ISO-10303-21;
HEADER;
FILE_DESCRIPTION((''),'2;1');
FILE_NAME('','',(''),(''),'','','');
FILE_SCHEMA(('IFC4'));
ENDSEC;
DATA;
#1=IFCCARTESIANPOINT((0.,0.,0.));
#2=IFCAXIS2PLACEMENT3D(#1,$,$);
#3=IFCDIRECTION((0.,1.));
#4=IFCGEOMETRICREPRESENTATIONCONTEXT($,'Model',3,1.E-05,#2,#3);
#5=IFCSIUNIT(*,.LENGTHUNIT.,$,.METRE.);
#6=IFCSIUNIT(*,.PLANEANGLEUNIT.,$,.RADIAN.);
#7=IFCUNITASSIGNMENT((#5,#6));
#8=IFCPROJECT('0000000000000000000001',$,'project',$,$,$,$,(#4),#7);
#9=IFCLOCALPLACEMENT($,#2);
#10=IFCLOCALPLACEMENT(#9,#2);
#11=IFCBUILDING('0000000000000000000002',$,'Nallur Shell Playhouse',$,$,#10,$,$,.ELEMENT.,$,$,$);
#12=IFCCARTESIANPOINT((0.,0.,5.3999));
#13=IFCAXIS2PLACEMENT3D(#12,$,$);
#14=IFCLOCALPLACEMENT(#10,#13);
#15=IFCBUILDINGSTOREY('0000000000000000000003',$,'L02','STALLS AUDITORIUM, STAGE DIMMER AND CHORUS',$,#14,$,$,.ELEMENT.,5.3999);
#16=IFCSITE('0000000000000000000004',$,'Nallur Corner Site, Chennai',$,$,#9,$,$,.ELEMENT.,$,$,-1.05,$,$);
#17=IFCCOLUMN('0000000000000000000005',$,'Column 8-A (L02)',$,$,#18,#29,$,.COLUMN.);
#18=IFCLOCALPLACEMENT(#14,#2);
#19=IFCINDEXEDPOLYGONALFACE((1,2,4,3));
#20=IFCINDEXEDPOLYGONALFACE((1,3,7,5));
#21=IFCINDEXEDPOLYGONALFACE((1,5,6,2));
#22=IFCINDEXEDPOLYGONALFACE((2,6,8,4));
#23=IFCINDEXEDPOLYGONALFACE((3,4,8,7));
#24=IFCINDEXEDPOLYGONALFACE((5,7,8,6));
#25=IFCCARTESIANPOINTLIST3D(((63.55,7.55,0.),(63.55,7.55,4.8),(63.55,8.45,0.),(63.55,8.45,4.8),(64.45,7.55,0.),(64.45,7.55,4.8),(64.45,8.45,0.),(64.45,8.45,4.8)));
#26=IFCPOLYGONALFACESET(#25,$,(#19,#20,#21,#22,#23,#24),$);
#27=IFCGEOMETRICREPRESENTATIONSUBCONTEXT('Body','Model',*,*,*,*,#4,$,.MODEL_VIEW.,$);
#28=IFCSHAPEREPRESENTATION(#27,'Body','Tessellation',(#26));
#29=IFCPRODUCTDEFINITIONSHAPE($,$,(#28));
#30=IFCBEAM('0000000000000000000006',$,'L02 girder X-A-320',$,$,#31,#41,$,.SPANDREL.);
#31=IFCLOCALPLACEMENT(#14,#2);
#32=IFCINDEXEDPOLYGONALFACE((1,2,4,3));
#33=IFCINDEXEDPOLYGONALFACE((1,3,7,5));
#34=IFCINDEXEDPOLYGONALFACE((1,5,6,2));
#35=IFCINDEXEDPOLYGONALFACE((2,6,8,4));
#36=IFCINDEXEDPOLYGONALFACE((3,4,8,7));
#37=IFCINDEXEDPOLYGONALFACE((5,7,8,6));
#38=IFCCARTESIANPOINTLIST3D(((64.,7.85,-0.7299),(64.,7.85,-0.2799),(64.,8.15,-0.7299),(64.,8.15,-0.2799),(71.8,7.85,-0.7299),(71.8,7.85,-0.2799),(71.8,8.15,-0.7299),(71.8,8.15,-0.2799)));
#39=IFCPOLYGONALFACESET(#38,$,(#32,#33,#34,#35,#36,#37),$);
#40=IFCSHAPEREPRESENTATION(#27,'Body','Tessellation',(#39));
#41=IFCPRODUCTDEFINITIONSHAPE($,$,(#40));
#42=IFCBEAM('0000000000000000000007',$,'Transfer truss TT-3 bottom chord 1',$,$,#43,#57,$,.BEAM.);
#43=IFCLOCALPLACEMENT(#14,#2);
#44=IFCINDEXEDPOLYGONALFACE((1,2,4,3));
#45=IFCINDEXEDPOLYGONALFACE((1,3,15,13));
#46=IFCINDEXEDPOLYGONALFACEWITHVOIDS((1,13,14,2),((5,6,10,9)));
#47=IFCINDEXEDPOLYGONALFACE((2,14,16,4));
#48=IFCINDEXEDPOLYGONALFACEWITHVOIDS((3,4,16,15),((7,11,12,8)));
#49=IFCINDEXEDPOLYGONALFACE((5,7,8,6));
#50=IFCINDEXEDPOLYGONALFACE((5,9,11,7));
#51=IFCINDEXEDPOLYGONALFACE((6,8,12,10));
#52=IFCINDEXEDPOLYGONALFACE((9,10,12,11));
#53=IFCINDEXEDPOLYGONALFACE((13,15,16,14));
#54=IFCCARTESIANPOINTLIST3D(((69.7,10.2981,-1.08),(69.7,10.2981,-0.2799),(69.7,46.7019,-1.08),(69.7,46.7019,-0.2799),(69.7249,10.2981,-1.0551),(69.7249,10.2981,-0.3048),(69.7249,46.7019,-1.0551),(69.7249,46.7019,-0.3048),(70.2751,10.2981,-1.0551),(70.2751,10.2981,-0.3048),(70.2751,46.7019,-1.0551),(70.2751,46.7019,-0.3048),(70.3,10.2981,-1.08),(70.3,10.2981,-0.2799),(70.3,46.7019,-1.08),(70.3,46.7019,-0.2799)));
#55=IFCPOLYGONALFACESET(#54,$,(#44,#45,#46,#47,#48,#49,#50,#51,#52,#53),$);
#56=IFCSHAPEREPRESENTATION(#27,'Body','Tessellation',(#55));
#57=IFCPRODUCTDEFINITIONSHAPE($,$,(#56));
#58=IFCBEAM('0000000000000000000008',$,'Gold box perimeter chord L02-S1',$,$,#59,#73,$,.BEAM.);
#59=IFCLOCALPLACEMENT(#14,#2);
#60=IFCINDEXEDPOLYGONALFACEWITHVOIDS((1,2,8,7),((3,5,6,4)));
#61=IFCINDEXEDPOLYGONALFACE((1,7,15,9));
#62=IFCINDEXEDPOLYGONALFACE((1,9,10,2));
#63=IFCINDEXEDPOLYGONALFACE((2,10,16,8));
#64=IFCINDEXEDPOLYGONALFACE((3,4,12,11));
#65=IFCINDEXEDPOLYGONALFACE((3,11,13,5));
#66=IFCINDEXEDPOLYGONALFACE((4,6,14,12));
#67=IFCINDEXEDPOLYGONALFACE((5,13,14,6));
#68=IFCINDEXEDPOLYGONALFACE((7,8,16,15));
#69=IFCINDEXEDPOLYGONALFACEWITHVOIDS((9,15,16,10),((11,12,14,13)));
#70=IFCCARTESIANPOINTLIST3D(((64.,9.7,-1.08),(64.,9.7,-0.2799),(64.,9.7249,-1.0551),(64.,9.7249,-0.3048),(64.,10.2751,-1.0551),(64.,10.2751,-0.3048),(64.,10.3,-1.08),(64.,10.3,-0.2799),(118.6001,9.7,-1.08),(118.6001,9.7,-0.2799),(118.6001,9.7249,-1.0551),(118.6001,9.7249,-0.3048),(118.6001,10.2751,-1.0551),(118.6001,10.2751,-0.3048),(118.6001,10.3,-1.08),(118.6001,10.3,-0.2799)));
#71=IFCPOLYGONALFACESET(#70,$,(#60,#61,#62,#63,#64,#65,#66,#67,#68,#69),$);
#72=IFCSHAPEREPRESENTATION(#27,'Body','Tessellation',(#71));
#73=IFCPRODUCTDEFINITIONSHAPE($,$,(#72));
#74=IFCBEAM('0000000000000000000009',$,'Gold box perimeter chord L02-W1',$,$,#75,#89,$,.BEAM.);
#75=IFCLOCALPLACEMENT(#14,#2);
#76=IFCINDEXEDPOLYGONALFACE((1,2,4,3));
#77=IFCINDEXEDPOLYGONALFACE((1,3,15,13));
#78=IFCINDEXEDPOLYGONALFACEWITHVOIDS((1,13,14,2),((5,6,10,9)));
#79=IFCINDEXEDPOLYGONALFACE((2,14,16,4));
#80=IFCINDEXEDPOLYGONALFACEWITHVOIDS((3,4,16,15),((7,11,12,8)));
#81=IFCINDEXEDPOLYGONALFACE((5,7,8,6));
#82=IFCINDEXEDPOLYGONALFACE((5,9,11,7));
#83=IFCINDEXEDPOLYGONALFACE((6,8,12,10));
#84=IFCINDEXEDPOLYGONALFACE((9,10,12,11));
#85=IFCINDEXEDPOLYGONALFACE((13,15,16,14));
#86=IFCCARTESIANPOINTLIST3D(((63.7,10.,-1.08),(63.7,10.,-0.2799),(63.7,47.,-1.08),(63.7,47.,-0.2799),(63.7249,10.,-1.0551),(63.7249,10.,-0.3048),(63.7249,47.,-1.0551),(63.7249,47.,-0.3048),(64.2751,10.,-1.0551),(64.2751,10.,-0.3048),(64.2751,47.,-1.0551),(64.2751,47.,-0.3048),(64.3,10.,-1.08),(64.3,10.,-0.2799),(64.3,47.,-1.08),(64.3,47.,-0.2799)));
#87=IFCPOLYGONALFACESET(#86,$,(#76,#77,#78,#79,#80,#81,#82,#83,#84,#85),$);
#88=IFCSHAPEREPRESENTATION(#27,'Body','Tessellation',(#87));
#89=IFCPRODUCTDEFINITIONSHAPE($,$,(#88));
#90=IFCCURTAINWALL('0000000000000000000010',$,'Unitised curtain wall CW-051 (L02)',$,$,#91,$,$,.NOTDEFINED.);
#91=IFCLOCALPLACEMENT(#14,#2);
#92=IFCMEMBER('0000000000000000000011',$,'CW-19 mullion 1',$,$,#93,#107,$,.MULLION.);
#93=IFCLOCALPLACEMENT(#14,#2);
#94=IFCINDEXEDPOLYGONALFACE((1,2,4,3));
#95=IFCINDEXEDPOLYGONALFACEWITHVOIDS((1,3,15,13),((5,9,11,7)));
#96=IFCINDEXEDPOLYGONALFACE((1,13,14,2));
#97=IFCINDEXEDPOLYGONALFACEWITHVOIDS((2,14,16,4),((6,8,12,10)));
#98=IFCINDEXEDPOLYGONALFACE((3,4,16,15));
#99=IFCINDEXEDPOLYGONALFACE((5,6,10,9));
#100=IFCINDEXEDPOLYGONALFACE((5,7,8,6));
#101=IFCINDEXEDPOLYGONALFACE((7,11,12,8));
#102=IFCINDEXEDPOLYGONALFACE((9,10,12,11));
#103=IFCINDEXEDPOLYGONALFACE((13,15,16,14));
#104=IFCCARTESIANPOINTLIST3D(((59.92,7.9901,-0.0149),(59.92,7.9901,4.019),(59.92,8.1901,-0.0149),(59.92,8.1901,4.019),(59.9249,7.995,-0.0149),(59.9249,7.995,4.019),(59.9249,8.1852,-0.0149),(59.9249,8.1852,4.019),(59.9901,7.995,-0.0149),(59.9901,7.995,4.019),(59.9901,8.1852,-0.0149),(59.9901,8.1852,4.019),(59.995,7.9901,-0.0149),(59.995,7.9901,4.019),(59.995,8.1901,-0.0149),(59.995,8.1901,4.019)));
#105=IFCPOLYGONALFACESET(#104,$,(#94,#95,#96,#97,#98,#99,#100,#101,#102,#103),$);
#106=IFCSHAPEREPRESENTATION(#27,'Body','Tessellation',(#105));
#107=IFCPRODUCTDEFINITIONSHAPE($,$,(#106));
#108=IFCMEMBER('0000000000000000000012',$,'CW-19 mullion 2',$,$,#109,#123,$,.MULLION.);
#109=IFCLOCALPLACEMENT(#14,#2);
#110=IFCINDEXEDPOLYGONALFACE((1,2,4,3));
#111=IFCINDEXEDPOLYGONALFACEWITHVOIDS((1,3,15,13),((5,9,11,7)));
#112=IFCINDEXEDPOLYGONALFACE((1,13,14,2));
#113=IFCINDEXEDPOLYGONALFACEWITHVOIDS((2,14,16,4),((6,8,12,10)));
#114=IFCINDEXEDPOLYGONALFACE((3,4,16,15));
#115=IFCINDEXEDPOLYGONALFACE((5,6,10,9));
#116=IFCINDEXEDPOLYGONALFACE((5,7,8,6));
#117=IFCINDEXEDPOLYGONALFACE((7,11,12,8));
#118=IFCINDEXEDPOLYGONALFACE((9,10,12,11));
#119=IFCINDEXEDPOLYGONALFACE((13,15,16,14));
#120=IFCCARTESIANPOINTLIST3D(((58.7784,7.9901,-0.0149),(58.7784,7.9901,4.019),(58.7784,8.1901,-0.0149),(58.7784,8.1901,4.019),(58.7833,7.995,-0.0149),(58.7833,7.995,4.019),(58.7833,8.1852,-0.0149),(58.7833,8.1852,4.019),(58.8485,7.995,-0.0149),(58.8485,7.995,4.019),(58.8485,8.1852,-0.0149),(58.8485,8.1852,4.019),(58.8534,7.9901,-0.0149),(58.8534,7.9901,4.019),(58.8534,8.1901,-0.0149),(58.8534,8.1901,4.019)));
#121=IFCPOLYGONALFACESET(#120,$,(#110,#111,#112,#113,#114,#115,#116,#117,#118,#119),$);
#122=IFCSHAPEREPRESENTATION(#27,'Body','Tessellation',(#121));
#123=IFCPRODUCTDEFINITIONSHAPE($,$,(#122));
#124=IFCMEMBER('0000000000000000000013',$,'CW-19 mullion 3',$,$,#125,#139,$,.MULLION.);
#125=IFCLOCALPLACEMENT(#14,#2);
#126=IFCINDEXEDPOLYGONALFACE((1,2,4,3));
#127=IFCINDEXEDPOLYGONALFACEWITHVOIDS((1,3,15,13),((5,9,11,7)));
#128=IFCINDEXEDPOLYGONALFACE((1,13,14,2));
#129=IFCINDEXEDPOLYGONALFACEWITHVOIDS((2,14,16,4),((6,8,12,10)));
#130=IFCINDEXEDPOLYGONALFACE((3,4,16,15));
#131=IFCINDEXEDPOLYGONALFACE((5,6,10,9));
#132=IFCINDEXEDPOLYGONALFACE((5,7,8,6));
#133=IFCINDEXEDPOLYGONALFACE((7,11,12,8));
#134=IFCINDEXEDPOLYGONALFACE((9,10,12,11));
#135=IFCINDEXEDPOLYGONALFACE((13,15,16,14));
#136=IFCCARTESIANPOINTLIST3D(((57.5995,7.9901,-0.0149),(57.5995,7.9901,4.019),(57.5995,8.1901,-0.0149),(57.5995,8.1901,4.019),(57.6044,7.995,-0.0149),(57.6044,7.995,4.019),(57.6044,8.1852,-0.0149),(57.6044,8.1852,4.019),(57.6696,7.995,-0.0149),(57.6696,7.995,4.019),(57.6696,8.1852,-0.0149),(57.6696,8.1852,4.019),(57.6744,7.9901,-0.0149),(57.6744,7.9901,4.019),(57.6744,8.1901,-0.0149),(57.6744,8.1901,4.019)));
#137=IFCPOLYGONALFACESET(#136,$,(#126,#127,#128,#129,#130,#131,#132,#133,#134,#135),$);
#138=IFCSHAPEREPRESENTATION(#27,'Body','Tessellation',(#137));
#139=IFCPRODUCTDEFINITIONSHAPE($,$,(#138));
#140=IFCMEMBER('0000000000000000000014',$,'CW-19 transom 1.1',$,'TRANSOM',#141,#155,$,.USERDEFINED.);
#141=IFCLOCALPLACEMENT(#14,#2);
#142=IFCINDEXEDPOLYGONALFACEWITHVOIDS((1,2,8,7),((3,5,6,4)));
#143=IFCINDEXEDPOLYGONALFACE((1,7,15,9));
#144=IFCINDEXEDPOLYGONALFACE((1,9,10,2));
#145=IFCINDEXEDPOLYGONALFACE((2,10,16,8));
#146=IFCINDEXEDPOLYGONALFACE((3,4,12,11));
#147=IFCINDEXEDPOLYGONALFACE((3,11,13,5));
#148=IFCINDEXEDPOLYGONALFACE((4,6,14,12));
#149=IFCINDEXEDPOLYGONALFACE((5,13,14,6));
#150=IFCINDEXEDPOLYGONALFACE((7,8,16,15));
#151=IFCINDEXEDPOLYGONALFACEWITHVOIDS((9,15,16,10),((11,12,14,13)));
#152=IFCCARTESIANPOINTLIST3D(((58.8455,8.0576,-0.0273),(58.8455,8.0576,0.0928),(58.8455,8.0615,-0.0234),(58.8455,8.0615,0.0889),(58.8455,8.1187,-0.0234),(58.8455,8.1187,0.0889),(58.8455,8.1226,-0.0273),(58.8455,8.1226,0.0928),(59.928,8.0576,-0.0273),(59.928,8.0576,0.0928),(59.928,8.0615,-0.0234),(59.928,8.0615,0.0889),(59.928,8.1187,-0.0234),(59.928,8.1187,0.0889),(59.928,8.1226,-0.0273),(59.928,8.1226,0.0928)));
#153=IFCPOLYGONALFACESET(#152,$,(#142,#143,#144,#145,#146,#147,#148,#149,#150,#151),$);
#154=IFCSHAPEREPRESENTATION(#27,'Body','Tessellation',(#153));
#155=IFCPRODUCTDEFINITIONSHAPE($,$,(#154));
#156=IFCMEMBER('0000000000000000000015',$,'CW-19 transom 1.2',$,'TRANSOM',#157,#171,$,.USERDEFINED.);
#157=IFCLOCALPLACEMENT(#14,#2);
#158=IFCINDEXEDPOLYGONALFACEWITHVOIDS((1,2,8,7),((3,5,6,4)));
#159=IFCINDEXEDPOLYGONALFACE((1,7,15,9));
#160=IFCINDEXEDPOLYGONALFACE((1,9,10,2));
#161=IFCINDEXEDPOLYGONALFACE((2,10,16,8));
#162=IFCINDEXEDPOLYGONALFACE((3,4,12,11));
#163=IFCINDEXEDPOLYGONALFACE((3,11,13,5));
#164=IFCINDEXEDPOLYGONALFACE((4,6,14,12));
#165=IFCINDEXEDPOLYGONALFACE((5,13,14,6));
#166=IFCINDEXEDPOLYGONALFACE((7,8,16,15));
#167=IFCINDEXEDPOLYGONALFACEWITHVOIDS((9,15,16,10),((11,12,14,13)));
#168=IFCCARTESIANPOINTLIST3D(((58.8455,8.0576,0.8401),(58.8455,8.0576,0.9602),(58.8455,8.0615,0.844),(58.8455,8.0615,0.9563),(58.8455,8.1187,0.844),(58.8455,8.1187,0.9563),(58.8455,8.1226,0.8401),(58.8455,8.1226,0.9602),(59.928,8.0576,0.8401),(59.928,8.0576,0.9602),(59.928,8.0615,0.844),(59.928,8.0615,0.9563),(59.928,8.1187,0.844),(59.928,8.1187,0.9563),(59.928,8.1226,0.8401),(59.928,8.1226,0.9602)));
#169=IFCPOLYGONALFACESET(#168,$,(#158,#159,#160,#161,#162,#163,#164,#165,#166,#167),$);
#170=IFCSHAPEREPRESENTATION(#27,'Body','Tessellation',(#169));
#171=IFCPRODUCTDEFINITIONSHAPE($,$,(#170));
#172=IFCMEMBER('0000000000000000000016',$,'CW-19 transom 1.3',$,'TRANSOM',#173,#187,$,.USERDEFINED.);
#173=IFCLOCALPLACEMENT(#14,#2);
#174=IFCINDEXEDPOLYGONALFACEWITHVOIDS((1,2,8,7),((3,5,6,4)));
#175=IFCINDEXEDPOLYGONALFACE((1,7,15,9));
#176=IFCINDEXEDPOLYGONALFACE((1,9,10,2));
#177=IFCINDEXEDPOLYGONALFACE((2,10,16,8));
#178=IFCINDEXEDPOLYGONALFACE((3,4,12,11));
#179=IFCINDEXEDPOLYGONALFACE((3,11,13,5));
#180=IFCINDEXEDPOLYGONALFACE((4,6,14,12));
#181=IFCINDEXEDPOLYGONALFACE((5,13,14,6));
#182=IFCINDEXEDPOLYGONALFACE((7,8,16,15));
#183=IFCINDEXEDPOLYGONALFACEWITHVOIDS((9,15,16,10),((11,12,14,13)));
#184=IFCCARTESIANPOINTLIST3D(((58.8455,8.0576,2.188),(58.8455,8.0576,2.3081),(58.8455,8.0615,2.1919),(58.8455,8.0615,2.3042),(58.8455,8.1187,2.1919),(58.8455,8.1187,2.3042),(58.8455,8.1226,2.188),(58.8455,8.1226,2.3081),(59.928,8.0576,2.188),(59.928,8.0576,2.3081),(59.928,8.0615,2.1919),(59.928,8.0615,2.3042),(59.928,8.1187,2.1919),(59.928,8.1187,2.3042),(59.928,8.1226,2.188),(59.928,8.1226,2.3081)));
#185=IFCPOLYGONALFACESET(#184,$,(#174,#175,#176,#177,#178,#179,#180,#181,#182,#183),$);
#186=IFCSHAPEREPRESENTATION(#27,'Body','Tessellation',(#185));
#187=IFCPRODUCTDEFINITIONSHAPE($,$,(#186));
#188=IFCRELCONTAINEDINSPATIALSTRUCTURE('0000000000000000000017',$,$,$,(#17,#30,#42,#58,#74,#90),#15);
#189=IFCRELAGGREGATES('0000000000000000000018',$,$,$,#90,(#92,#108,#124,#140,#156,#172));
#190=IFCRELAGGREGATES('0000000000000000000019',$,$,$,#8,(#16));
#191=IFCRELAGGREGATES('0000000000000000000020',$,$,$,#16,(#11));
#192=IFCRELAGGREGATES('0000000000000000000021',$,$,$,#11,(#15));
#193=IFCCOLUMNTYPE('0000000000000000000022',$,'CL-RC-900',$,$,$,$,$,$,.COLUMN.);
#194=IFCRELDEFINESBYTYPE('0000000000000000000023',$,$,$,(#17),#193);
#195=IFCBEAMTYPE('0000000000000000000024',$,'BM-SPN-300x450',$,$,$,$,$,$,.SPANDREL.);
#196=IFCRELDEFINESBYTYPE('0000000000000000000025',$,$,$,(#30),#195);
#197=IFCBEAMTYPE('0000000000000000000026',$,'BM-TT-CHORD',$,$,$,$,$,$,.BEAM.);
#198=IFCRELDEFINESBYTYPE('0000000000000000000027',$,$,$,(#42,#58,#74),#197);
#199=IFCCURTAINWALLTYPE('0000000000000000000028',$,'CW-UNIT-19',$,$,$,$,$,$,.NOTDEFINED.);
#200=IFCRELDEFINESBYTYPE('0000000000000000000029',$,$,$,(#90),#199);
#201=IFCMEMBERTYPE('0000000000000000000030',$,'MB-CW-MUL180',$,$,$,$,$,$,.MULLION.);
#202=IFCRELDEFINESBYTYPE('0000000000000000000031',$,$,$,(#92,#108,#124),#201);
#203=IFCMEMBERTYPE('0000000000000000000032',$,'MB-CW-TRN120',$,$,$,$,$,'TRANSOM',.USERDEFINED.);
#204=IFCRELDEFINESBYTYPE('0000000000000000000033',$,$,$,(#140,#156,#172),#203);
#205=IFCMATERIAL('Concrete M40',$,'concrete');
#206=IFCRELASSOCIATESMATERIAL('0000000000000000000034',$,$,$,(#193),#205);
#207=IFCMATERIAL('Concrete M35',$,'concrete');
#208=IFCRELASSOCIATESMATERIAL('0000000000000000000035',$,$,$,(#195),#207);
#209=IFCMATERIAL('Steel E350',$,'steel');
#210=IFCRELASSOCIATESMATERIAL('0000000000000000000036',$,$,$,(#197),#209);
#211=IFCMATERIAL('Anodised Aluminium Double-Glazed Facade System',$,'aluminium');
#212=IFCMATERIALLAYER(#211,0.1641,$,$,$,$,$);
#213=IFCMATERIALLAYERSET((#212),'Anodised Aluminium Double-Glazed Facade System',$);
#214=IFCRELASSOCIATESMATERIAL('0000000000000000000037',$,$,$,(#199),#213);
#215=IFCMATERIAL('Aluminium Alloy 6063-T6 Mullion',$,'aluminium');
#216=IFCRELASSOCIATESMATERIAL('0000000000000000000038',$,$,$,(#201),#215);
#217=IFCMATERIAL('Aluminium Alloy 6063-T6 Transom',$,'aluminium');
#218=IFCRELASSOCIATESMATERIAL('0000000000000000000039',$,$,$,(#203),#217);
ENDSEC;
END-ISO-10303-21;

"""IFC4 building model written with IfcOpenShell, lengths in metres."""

from ifc_helpers import new_model, si_unit, direction, frame, origin, origin_2d, place, context, subcontext, project, spatial, rectangle, hollow_rectangle, extrude, material, layer, layer_set, material_profile, profile_set, type_object, element, aggregate, save


model = new_model("IFC4")

# Units and contexts
model_context = context("Model", 3, precision=1e-05, world=origin(), true_north=direction((0.0, 1.0)))
body_context = subcontext(model_context, "Body", "Model", "MODEL_VIEW")
ifc_project = project(units=[si_unit("LENGTHUNIT", "METRE"), si_unit("PLANEANGLEUNIT", "RADIAN")], contexts=[model_context])

# Site, building, storey
site_placement = place(None, origin())
site = spatial("IfcSite", under=ifc_project, at=site_placement, Name="Nallur Corner Site, Chennai", CompositionType="ELEMENT", RefElevation=-1.05)
building_placement = place(site_placement, origin())
building = spatial("IfcBuilding", under=site, at=building_placement, Name="Nallur Shell Playhouse", CompositionType="ELEMENT")
storey_placement = place(building_placement, frame((0.0, 0.0, 5.3999)))
storey = spatial("IfcBuildingStorey", under=building, at=storey_placement, Name="L02", Description="STALLS AUDITORIUM, STAGE DIMMER AND CHORUS", CompositionType="ELEMENT", Elevation=5.3999)

# Column
ifc_material_1 = material(Name="Concrete M40", Category="concrete")
ifc_material_profile_1 = material_profile(ifc_material_1, rectangle(XDim=0.8999, YDim=0.8999, at=origin_2d()), Name="RC 900x900")
ifc_profile_set_1 = profile_set([ifc_material_profile_1], Name="Concrete M40")
column_type = type_object("IfcColumnType", Name="CL-RC-900", PredefinedType="COLUMN", material=ifc_profile_set_1)
column_placement = place(storey_placement, frame((64.0, 8.0, 0.0), z_axis=(0.0, 0.0, 1.0), x_axis=(1.0, 0.0, 0.0)))
element("IfcColumn", 1, at=column_placement, inside=storey, type_object=column_type, Name="Column 8-A (L02)", PredefinedType="COLUMN", context=body_context, shape_type="SweptSolid", body=[
    extrude(rectangle(XDim=0.8999, YDim=0.8999, at=origin_2d()), origin(), (0.0, 0.0, 1.0), 4.8),
])

# Beams
ifc_material_2 = material(Name="Concrete M35", Category="concrete")
ifc_material_profile_2 = material_profile(ifc_material_2, rectangle(XDim=0.3, YDim=0.45, at=origin_2d()), Name="RC 300x450")
ifc_profile_set_2 = profile_set([ifc_material_profile_2], Name="Concrete M35")
beam_type_1 = type_object("IfcBeamType", Name="BM-SPN-300x450", PredefinedType="SPANDREL", material=ifc_profile_set_2)
beam_1_placement = place(storey_placement, frame((64.0, 8.0, -0.5049), z_axis=(1.0, 0.0, 0.0), x_axis=(0.0, 1.0, 0.0)))
element("IfcBeam", 2, at=beam_1_placement, inside=storey, type_object=beam_type_1, Name="L02 girder X-A-320", PredefinedType="SPANDREL", context=body_context, shape_type="SweptSolid", body=[
    extrude(rectangle(XDim=0.3, YDim=0.45, at=origin_2d()), origin(), (0.0, 0.0, 1.0), 7.8),
])
ifc_material_3 = material(Name="Steel E350", Category="steel")
ifc_material_profile_3 = material_profile(ifc_material_3, hollow_rectangle(XDim=0.6001, YDim=0.8, WallThickness=0.0249, at=origin_2d()), Name="BOX 600x800x25")
ifc_profile_set_3 = profile_set([ifc_material_profile_3], Name="Steel E350")
beam_type_2 = type_object("IfcBeamType", Name="BM-TT-CHORD", PredefinedType="BEAM", material=ifc_profile_set_3)
beam_2_placement = place(storey_placement, frame((70.0, 10.2981, -0.6799), z_axis=(0.0, 1.0, 0.0), x_axis=(-1.0, 0.0, 0.0)))
element("IfcBeam", 3, at=beam_2_placement, inside=storey, type_object=beam_type_2, Name="Transfer truss TT-3 bottom chord 1", PredefinedType="BEAM", context=body_context, shape_type="SweptSolid", body=[
    extrude(hollow_rectangle(XDim=0.6001, YDim=0.8, WallThickness=0.0249, at=origin_2d()), origin(), (0.0, 0.0, 1.0), 36.4038),
])
beam_3_placement = place(storey_placement, frame((64.0, 10.0, -0.6799), z_axis=(1.0, 0.0, 0.0), x_axis=(0.0, 1.0, 0.0)))
element("IfcBeam", 4, at=beam_3_placement, inside=storey, type_object=beam_type_2, Name="Gold box perimeter chord L02-S1", PredefinedType="BEAM", context=body_context, shape_type="SweptSolid", body=[
    extrude(hollow_rectangle(XDim=0.6001, YDim=0.8, WallThickness=0.0249, at=origin_2d()), origin(), (0.0, 0.0, 1.0), 54.6001),
])
beam_4_placement = place(storey_placement, frame((64.0, 10.0, -0.6799), z_axis=(0.0, 1.0, 0.0), x_axis=(-1.0, 0.0, 0.0)))
element("IfcBeam", 5, at=beam_4_placement, inside=storey, type_object=beam_type_2, Name="Gold box perimeter chord L02-W1", PredefinedType="BEAM", context=body_context, shape_type="SweptSolid", body=[
    extrude(hollow_rectangle(XDim=0.6001, YDim=0.8, WallThickness=0.0249, at=origin_2d()), origin(), (0.0, 0.0, 1.0), 37.0),
])

# Curtain wall, members
ifc_material_4 = material(Name="Anodised Aluminium Double-Glazed Facade System", Category="aluminium")
ifc_layer_1 = layer(ifc_material_4, 0.1641)
ifc_layer_set_1 = layer_set([ifc_layer_1], Name="Anodised Aluminium Double-Glazed Facade System")
curtain_wall_type = type_object("IfcCurtainWallType", Name="CW-UNIT-19", PredefinedType="NOTDEFINED", material=ifc_layer_set_1)
curtain_wall_placement = place(storey_placement, origin())
curtain_wall = element("IfcCurtainWall", 6, at=curtain_wall_placement, inside=storey, type_object=curtain_wall_type, Name="Unitised curtain wall CW-051 (L02)", PredefinedType="NOTDEFINED")
ifc_material_5 = material(Name="Aluminium Alloy 6063-T6 Mullion", Category="aluminium")
ifc_material_profile_4 = material_profile(ifc_material_5, hollow_rectangle(XDim=0.075, YDim=0.2, WallThickness=0.0049, at=origin_2d()), Name="ALU 75x200x5")
ifc_profile_set_4 = profile_set([ifc_material_profile_4], Name="Aluminium Alloy 6063-T6 Mullion")
member_type_1 = type_object("IfcMemberType", Name="MB-CW-MUL180", PredefinedType="MULLION", material=ifc_profile_set_4)
member_1_placement = place(storey_placement, frame((59.9575, 8.0901, -0.0149), z_axis=(0.0, 0.0, 1.0), x_axis=(-1.0, 0.0, 0.0)))
member_1 = element("IfcMember", 7, at=member_1_placement, type_object=member_type_1, Name="CW-19 mullion 1", PredefinedType="MULLION", context=body_context, shape_type="SweptSolid", body=[
    extrude(hollow_rectangle(XDim=0.075, YDim=0.2, WallThickness=0.0049, at=origin_2d()), origin(), (0.0, 0.0, 1.0), 4.0339),
])
member_2_placement = place(storey_placement, frame((58.8159, 8.0901, -0.0149), z_axis=(0.0, 0.0, 1.0), x_axis=(-1.0, 0.0, 0.0)))
member_2 = element("IfcMember", 8, at=member_2_placement, type_object=member_type_1, Name="CW-19 mullion 2", PredefinedType="MULLION", context=body_context, shape_type="SweptSolid", body=[
    extrude(hollow_rectangle(XDim=0.075, YDim=0.2, WallThickness=0.0049, at=origin_2d()), origin(), (0.0, 0.0, 1.0), 4.0339),
])
member_3_placement = place(storey_placement, frame((57.637, 8.0901, -0.0149), z_axis=(0.0, 0.0, 1.0), x_axis=(-1.0, 0.0, 0.0)))
member_3 = element("IfcMember", 9, at=member_3_placement, type_object=member_type_1, Name="CW-19 mullion 3", PredefinedType="MULLION", context=body_context, shape_type="SweptSolid", body=[
    extrude(hollow_rectangle(XDim=0.075, YDim=0.2, WallThickness=0.0049, at=origin_2d()), origin(), (0.0, 0.0, 1.0), 4.0339),
])
ifc_material_6 = material(Name="Aluminium Alloy 6063-T6 Transom", Category="aluminium")
ifc_material_profile_5 = material_profile(ifc_material_6, hollow_rectangle(XDim=0.0649, YDim=0.1201, WallThickness=0.0039, at=origin_2d()), Name="ALU 65x120x4")
ifc_profile_set_5 = profile_set([ifc_material_profile_5], Name="Aluminium Alloy 6063-T6 Transom")
member_type_2 = type_object("IfcMemberType", Name="MB-CW-TRN120", ElementType="TRANSOM", PredefinedType="USERDEFINED", material=ifc_profile_set_5)
member_4_placement = place(storey_placement, frame((59.928, 8.0901, 0.0327), z_axis=(-1.0, 0.0, 0.0), x_axis=(0.0, -1.0, 0.0)))
member_4 = element("IfcMember", 10, at=member_4_placement, type_object=member_type_2, Name="CW-19 transom 1.1", ObjectType="TRANSOM", PredefinedType="USERDEFINED", context=body_context, shape_type="SweptSolid", body=[
    extrude(hollow_rectangle(XDim=0.0649, YDim=0.1201, WallThickness=0.0039, at=origin_2d()), origin(), (0.0, 0.0, 1.0), 1.0825),
])
member_5_placement = place(storey_placement, frame((59.928, 8.0901, 0.9001), z_axis=(-1.0, 0.0, 0.0), x_axis=(0.0, -1.0, 0.0)))
member_5 = element("IfcMember", 11, at=member_5_placement, type_object=member_type_2, Name="CW-19 transom 1.2", ObjectType="TRANSOM", PredefinedType="USERDEFINED", context=body_context, shape_type="SweptSolid", body=[
    extrude(hollow_rectangle(XDim=0.0649, YDim=0.1201, WallThickness=0.0039, at=origin_2d()), origin(), (0.0, 0.0, 1.0), 1.0825),
])
member_6_placement = place(storey_placement, frame((59.928, 8.0901, 2.248), z_axis=(-1.0, 0.0, 0.0), x_axis=(0.0, -1.0, 0.0)))
member_6 = element("IfcMember", 12, at=member_6_placement, type_object=member_type_2, Name="CW-19 transom 1.3", ObjectType="TRANSOM", PredefinedType="USERDEFINED", context=body_context, shape_type="SweptSolid", body=[
    extrude(hollow_rectangle(XDim=0.0649, YDim=0.1201, WallThickness=0.0039, at=origin_2d()), origin(), (0.0, 0.0, 1.0), 1.0825),
])

aggregate(curtain_wall, [member_1, member_2, member_3, member_4, member_5, member_6])

save(model, "model.ifc")
